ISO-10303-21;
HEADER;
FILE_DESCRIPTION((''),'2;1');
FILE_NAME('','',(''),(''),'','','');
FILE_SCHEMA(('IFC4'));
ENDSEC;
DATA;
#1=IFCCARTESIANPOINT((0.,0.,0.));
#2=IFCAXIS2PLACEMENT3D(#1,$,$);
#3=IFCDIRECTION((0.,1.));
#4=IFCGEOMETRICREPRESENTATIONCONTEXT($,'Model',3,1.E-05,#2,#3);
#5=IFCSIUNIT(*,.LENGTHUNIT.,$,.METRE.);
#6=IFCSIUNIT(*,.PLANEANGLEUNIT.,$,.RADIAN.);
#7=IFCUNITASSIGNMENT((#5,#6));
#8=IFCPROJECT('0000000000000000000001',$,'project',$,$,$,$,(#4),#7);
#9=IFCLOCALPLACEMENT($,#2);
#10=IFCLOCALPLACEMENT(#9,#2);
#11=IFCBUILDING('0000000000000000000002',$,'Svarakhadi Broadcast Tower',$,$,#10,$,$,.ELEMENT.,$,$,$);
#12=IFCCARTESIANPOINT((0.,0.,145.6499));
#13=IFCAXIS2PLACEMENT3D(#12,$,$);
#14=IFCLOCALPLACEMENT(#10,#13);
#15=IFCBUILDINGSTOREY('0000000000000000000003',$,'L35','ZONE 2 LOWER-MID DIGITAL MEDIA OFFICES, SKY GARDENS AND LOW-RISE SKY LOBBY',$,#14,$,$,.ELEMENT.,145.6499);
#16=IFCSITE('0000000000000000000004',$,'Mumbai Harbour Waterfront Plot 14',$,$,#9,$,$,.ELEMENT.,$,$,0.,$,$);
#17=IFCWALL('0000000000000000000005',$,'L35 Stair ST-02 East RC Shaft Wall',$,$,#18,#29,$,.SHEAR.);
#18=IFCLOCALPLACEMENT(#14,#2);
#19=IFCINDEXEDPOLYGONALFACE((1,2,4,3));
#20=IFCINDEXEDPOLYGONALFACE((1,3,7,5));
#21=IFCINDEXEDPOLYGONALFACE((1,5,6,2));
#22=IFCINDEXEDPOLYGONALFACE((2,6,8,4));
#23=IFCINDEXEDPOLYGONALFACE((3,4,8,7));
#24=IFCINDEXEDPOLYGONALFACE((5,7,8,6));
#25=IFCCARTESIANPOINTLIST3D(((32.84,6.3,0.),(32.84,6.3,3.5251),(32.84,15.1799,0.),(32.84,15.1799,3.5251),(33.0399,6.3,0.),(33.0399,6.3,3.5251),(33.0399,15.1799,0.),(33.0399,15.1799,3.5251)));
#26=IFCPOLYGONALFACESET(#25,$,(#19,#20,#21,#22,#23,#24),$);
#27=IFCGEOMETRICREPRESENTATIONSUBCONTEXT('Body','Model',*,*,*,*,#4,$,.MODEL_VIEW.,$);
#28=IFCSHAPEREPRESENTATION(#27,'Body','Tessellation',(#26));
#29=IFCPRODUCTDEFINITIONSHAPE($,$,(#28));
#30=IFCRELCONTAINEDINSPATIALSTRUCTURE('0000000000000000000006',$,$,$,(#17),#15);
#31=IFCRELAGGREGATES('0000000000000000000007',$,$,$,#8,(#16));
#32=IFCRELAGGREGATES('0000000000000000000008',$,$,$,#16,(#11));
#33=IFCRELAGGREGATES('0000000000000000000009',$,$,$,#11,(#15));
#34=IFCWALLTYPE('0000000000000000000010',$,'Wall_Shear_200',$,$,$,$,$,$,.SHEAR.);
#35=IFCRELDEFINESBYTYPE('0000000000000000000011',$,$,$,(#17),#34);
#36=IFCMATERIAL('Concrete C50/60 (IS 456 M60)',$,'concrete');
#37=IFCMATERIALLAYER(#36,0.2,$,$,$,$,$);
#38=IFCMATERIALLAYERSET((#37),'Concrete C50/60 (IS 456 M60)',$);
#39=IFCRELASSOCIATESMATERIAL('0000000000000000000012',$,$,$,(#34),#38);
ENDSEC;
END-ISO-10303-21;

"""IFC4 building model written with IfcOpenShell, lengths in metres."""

from ifc_helpers import new_model, si_unit, direction, frame, frame_2d, origin, place, context, subcontext, project, spatial, rectangle, extrude, material, layer, layer_set, type_object, element, save


model = new_model("IFC4")

# Units and contexts
model_context = context("Model", 3, precision=1e-05, world=origin(), true_north=direction((0.0, 1.0)))
body_context = subcontext(model_context, "Body", "Model", "MODEL_VIEW")
ifc_project = project(units=[si_unit("LENGTHUNIT", "METRE"), si_unit("PLANEANGLEUNIT", "RADIAN")], contexts=[model_context])

# Site, building, storey
site_placement = place(None, origin())
site = spatial("IfcSite", under=ifc_project, at=site_placement, Name="Mumbai Harbour Waterfront Plot 14", CompositionType="ELEMENT", RefElevation=0.0)
building_placement = place(site_placement, origin())
building = spatial("IfcBuilding", under=site, at=building_placement, Name="Svarakhadi Broadcast Tower", CompositionType="ELEMENT")
storey_placement = place(building_placement, frame((0.0, 0.0, 145.6499)))
storey = spatial("IfcBuildingStorey", under=building, at=storey_placement, Name="L35", Description="ZONE 2 LOWER-MID DIGITAL MEDIA OFFICES, SKY GARDENS AND LOW-RISE SKY LOBBY", CompositionType="ELEMENT", Elevation=145.6499)

# Shared definitions
ifc_material_1 = material(Name="Concrete C50/60 (IS 456 M60)", Category="concrete")

# Wall
ifc_layer_1 = layer(ifc_material_1, 0.2)
ifc_layer_set_1 = layer_set([ifc_layer_1], Name="Concrete C50/60 (IS 456 M60)")
wall_type_1 = type_object("IfcWallType", Name="Wall_Shear_200", PredefinedType="SHEAR", material=ifc_layer_set_1)
wall_1_placement = place(storey_placement, frame((32.9399, 6.3, 0.0), z_axis=(0.0, 0.0, 1.0), x_axis=(0.0, 1.0, 0.0)))
element("IfcWall", 1, at=wall_1_placement, inside=storey, type_object=wall_type_1, Name="L35 Stair ST-02 East RC Shaft Wall", PredefinedType="SHEAR", context=body_context, shape_type="SweptSolid", body=[
    extrude(rectangle(XDim=8.8799, YDim=0.2, at=frame_2d((4.4399, 0.0))), origin(), (0.0, 0.0, 1.0), 3.5251),
])

save(model, "model.ifc")
